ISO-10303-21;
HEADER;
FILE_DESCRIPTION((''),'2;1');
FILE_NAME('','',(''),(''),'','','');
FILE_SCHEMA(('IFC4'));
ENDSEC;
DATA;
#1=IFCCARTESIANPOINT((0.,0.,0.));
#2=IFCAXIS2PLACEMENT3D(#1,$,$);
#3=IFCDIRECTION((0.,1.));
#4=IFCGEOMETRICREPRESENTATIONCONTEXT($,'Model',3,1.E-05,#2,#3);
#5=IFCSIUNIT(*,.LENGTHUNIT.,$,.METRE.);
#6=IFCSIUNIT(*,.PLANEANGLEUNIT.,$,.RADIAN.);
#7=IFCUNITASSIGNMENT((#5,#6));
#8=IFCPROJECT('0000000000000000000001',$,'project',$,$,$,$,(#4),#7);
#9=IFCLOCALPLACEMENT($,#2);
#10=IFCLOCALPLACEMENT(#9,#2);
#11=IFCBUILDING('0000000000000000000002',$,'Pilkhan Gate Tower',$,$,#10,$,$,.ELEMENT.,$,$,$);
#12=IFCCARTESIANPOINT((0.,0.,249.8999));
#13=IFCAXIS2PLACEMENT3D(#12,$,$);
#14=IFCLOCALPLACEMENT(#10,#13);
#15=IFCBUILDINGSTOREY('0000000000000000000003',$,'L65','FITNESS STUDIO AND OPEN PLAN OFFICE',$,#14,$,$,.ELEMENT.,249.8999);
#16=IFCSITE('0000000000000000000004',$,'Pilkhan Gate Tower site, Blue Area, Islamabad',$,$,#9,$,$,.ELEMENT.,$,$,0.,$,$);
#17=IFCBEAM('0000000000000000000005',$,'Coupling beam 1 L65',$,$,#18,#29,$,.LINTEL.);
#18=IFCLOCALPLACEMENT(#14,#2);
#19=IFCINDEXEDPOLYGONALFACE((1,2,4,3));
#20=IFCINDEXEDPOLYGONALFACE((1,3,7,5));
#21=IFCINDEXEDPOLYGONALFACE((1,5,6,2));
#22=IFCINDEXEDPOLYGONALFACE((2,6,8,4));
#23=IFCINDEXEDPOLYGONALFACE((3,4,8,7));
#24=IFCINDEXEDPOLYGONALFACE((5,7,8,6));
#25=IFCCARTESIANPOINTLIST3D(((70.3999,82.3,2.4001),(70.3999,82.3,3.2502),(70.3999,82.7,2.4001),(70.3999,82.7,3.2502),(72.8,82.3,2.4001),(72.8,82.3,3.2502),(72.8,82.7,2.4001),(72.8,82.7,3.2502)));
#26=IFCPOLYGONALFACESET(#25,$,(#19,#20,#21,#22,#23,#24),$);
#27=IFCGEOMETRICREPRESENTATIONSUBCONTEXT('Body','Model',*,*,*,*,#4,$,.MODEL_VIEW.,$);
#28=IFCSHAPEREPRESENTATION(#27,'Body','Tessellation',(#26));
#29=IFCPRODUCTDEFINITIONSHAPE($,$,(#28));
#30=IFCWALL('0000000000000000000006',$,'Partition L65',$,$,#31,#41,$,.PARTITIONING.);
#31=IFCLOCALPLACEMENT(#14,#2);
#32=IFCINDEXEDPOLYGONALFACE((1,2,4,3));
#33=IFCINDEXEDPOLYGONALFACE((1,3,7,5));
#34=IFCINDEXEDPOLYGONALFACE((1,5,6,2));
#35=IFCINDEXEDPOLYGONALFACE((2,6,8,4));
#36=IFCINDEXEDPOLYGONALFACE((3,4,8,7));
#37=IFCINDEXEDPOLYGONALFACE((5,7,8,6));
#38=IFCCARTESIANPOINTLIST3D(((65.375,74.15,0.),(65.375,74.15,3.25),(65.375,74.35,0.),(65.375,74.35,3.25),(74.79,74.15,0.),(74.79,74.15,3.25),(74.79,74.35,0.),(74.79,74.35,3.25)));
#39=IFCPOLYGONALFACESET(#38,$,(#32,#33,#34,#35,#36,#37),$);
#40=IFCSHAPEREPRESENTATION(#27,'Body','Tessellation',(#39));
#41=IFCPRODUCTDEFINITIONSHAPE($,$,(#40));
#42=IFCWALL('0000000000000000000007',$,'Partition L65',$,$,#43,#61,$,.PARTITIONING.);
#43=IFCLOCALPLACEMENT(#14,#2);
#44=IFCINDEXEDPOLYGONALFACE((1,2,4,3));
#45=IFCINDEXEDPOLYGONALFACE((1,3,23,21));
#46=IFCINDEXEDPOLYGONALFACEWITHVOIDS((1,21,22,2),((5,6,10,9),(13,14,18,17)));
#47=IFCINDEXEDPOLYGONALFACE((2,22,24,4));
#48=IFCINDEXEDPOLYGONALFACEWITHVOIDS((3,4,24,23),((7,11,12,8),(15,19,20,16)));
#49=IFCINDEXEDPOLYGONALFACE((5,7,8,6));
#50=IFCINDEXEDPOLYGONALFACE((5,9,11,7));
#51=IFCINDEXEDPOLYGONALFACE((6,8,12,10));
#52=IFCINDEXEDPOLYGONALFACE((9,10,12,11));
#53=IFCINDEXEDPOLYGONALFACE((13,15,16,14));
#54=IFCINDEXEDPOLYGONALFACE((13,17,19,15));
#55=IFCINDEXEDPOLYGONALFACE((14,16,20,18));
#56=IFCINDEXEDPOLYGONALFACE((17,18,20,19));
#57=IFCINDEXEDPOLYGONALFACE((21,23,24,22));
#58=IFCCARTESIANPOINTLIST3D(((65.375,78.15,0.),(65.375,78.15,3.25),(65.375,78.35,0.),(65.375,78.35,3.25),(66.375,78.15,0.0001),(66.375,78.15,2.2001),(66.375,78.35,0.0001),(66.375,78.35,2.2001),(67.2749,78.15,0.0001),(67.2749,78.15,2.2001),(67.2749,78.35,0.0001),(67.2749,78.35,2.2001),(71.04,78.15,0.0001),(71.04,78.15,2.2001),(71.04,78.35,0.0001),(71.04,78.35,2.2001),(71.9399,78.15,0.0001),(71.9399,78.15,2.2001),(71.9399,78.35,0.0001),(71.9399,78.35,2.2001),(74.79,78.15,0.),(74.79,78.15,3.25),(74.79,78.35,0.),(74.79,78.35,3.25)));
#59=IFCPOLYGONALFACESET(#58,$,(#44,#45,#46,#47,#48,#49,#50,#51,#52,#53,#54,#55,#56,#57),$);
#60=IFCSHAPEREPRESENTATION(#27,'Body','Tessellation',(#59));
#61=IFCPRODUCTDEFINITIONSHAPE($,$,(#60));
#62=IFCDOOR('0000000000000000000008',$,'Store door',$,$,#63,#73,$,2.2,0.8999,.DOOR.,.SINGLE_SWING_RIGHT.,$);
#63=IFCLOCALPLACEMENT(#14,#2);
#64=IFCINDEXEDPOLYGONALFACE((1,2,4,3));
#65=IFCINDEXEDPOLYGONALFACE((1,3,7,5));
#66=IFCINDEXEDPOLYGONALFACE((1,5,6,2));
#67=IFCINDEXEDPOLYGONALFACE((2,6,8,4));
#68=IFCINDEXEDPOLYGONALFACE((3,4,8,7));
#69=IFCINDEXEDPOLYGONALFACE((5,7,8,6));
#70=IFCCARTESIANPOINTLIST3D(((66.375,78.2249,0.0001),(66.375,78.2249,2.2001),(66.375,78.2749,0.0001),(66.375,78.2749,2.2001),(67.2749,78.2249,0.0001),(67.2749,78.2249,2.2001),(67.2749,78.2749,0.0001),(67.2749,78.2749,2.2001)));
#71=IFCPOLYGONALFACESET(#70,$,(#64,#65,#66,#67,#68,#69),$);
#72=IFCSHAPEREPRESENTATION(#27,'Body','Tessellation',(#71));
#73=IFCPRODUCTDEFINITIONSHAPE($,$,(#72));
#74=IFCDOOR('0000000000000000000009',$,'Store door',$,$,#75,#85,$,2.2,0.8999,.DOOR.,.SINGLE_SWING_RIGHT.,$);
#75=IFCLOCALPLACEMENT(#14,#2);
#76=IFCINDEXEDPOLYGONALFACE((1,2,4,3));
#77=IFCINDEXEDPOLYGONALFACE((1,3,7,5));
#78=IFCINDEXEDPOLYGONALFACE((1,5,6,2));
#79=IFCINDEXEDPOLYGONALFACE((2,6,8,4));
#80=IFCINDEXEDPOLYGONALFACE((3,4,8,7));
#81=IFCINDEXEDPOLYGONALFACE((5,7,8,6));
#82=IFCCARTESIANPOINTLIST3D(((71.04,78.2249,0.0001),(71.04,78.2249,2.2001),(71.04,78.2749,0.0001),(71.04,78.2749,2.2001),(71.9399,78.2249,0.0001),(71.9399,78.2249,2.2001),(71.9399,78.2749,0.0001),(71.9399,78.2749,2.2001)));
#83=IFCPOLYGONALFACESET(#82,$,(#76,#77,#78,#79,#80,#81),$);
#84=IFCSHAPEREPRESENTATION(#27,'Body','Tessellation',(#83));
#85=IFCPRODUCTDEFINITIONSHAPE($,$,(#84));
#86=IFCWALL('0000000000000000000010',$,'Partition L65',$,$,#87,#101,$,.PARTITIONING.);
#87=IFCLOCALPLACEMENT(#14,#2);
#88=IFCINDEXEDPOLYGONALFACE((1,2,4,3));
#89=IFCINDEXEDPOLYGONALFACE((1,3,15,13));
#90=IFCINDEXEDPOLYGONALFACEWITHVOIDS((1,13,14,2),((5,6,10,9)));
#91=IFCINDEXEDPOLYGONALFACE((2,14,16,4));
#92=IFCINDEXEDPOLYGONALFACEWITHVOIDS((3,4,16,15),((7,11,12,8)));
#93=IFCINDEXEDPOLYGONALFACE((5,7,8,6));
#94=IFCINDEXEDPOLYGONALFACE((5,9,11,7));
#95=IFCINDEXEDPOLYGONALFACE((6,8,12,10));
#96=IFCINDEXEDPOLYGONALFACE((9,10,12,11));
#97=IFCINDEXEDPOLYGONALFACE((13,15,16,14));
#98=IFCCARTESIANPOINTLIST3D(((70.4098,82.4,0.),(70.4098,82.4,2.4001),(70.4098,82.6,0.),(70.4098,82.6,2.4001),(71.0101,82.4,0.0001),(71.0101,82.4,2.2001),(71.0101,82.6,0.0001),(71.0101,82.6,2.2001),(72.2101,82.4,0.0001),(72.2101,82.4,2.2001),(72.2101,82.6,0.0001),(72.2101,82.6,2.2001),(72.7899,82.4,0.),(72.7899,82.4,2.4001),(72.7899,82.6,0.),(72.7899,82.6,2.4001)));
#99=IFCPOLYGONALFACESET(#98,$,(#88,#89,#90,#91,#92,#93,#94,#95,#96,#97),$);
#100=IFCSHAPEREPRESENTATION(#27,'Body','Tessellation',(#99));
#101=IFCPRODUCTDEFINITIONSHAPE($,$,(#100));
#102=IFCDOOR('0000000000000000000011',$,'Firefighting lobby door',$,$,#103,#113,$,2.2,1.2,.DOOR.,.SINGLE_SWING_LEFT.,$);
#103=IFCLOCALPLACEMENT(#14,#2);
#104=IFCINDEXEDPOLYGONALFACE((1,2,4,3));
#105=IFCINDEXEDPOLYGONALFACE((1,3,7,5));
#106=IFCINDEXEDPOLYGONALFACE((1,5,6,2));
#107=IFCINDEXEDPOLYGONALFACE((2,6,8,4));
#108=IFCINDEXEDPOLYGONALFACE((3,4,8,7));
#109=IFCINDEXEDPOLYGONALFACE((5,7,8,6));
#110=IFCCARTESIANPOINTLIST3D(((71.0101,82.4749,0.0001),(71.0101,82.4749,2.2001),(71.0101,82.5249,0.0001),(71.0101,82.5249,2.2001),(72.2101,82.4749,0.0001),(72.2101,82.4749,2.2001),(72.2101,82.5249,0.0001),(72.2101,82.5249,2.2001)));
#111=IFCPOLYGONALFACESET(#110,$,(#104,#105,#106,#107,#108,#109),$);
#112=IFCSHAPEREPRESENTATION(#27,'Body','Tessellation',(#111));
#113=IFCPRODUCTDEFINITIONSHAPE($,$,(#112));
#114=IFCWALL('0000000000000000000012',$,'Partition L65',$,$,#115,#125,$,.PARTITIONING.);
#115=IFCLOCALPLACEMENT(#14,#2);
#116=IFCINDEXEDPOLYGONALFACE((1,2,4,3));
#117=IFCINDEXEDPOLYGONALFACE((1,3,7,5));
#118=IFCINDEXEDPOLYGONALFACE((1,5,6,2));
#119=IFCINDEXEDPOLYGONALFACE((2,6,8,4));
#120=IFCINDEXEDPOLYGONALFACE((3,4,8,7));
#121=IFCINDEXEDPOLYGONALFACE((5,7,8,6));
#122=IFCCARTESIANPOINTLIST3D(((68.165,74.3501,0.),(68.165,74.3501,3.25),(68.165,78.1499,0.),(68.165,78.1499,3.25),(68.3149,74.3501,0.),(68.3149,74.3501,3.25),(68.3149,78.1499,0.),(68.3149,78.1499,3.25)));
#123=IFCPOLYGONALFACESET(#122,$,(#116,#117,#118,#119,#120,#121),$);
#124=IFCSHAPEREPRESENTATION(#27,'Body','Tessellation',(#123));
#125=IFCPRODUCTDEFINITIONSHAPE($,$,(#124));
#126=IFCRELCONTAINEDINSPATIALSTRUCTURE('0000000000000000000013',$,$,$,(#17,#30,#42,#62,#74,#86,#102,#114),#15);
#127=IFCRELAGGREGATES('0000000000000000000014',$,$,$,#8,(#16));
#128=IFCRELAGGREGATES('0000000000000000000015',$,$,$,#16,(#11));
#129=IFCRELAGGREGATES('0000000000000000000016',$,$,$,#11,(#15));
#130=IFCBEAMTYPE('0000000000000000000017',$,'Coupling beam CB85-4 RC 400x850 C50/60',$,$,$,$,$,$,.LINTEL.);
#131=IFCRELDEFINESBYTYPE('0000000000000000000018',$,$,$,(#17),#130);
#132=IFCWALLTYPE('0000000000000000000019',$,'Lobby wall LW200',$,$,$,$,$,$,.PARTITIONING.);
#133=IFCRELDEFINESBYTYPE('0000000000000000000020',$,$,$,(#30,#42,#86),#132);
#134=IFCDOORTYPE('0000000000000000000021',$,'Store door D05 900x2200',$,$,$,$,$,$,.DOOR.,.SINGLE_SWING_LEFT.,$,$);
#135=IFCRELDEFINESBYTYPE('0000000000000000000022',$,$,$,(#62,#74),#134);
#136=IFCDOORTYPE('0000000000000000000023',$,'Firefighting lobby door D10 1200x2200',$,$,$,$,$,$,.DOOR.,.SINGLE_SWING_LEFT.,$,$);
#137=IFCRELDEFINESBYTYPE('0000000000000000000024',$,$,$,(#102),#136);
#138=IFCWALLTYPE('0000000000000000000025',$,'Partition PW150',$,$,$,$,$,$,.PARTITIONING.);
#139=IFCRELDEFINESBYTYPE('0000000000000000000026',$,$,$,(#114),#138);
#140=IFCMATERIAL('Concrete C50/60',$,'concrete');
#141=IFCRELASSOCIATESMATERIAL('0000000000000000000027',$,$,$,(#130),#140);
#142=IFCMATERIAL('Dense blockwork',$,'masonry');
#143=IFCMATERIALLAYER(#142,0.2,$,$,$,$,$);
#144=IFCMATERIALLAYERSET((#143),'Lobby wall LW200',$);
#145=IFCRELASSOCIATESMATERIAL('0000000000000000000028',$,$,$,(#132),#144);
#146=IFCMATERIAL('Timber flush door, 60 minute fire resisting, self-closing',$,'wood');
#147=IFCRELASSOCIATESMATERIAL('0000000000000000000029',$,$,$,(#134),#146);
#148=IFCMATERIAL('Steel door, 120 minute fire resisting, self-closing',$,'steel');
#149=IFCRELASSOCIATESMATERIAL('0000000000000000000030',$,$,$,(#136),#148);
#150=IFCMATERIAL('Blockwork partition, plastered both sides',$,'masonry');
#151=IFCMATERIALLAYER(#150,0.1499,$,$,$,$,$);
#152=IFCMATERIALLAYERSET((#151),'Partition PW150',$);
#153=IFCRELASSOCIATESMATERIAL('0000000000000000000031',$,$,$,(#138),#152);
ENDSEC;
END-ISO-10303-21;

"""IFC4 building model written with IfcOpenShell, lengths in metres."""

from ifc_helpers import new_model, si_unit, direction, frame, frame_2d, origin, origin_2d, place, context, subcontext, project, spatial, rectangle, extrude, material, layer, layer_set, material_profile, profile_set, type_object, element, fill, save


model = new_model("IFC4")

# Units and contexts
model_context = context("Model", 3, precision=1e-05, world=origin(), true_north=direction((0.0, 1.0)))
body_context = subcontext(model_context, "Body", "Model", "MODEL_VIEW")
ifc_project = project(units=[si_unit("LENGTHUNIT", "METRE"), si_unit("PLANEANGLEUNIT", "RADIAN")], contexts=[model_context])

# Site, building, storey
site_placement = place(None, origin())
site = spatial("IfcSite", under=ifc_project, at=site_placement, Name="Pilkhan Gate Tower site, Blue Area, Islamabad", CompositionType="ELEMENT", RefElevation=0.0)
building_placement = place(site_placement, origin())
building = spatial("IfcBuilding", under=site, at=building_placement, Name="Pilkhan Gate Tower", CompositionType="ELEMENT")
storey_placement = place(building_placement, frame((0.0, 0.0, 249.8999)))
storey = spatial("IfcBuildingStorey", under=building, at=storey_placement, Name="L65", Description="FITNESS STUDIO AND OPEN PLAN OFFICE", CompositionType="ELEMENT", Elevation=249.8999)

# Beam
ifc_material_1 = material(Name="Concrete C50/60", Category="concrete")
ifc_material_profile = material_profile(ifc_material_1, rectangle(XDim=0.3999, YDim=0.8501, at=origin_2d()), Name="RC 400x850")
ifc_profile_set = profile_set([ifc_material_profile], Name="Concrete C50/60")
beam_type = type_object("IfcBeamType", Name="Coupling beam CB85-4 RC 400x850 C50/60", PredefinedType="LINTEL", material=ifc_profile_set)
beam_placement = place(storey_placement, frame((70.3999, 82.5, 2.8252), z_axis=(1.0, 0.0, 0.0), x_axis=(0.0, 1.0, 0.0)))
element("IfcBeam", 1, at=beam_placement, inside=storey, type_object=beam_type, Name="Coupling beam 1 L65", PredefinedType="LINTEL", context=body_context, shape_type="SweptSolid", body=[
    extrude(rectangle(XDim=0.3999, YDim=0.8501, at=origin_2d()), origin(), (0.0, 0.0, 1.0), 2.4001),
])

# Wall
ifc_material_2 = material(Name="Dense blockwork", Category="masonry")
ifc_layer_1 = layer(ifc_material_2, 0.2)
ifc_layer_set_1 = layer_set([ifc_layer_1], Name="Lobby wall LW200")
wall_type_1 = type_object("IfcWallType", Name="Lobby wall LW200", PredefinedType="PARTITIONING", material=ifc_layer_set_1)
wall_1_placement = place(storey_placement, frame((65.375, 74.25, 0.0), z_axis=(0.0, 0.0, 1.0), x_axis=(1.0, 0.0, 0.0)))
element("IfcWall", 2, at=wall_1_placement, inside=storey, type_object=wall_type_1, Name="Partition L65", PredefinedType="PARTITIONING", context=body_context, shape_type="SweptSolid", body=[
    extrude(rectangle(XDim=9.415, YDim=0.2, at=frame_2d((4.7075, 0.0))), origin(), (0.0, 0.0, 1.0), 3.25),
])

# Wall, openings, doors
wall_2_placement = place(storey_placement, frame((65.375, 78.25, 0.0), z_axis=(0.0, 0.0, 1.0), x_axis=(1.0, 0.0, 0.0)))
wall_2 = element("IfcWall", 3, at=wall_2_placement, inside=storey, type_object=wall_type_1, Name="Partition L65", PredefinedType="PARTITIONING", context=body_context, shape_type="SweptSolid", body=[
    extrude(rectangle(XDim=9.415, YDim=0.2, at=frame_2d((4.7075, 0.0))), origin(), (0.0, 0.0, 1.0), 3.25),
])
opening_1_placement = place(wall_2_placement, frame((1.0, 0.0, 0.0)))
opening_1 = element("IfcOpeningElement", 4, at=opening_1_placement, cuts=wall_2, PredefinedType="OPENING", context=body_context, shape_type="SweptSolid", body=[
    extrude(rectangle(XDim=0.8999, YDim=2.2, at=frame_2d((0.45, 1.1001))), frame((0.0, 0.1099, 0.0), z_axis=(0.0, -1.0, 0.0), x_axis=(1.0, 0.0, 0.0)), (0.0, 0.0, 1.0), 0.22),
])
opening_2_placement = place(wall_2_placement, frame((5.665, 0.0, 0.0)))
opening_2 = element("IfcOpeningElement", 5, at=opening_2_placement, cuts=wall_2, PredefinedType="OPENING", context=body_context, shape_type="SweptSolid", body=[
    extrude(rectangle(XDim=0.8999, YDim=2.2, at=frame_2d((0.45, 1.1001))), frame((0.0, 0.1099, 0.0), z_axis=(0.0, -1.0, 0.0), x_axis=(1.0, 0.0, 0.0)), (0.0, 0.0, 1.0), 0.22),
])
ifc_material_3 = material(Name="Timber flush door, 60 minute fire resisting, self-closing", Category="wood")
door_type_1 = type_object("IfcDoorType", Name="Store door D05 900x2200", OperationType="SINGLE_SWING_LEFT", PredefinedType="DOOR", material=ifc_material_3)
door_1_placement = place(opening_1_placement, origin())
door_1 = element("IfcDoor", 6, at=door_1_placement, inside=storey, type_object=door_type_1, Name="Store door", OperationType="SINGLE_SWING_RIGHT", OverallHeight=2.2, OverallWidth=0.8999, PredefinedType="DOOR", context=body_context, shape_type="SweptSolid", body=[
    extrude(rectangle(XDim=0.8999, YDim=2.2, at=frame_2d((0.45, 1.1001))), frame((0.0, 0.0249, 0.0), z_axis=(0.0, -1.0, 0.0), x_axis=(1.0, 0.0, 0.0)), (0.0, 0.0, 1.0), 0.05),
])
fill(opening_1, door_1)
door_2_placement = place(opening_2_placement, origin())
door_2 = element("IfcDoor", 7, at=door_2_placement, inside=storey, type_object=door_type_1, Name="Store door", OperationType="SINGLE_SWING_RIGHT", OverallHeight=2.2, OverallWidth=0.8999, PredefinedType="DOOR", context=body_context, shape_type="SweptSolid", body=[
    extrude(rectangle(XDim=0.8999, YDim=2.2, at=frame_2d((0.45, 1.1001))), frame((0.0, 0.0249, 0.0), z_axis=(0.0, -1.0, 0.0), x_axis=(1.0, 0.0, 0.0)), (0.0, 0.0, 1.0), 0.05),
])
fill(opening_2, door_2)

# Wall, opening, door
wall_3_placement = place(storey_placement, frame((70.4099, 82.5, 0.0), z_axis=(0.0, 0.0, 1.0), x_axis=(1.0, 0.0, 0.0)))
wall_3 = element("IfcWall", 8, at=wall_3_placement, inside=storey, type_object=wall_type_1, Name="Partition L65", PredefinedType="PARTITIONING", context=body_context, shape_type="SweptSolid", body=[
    extrude(rectangle(XDim=2.3801, YDim=0.2, at=frame_2d((1.1899, 0.0))), origin(), (0.0, 0.0, 1.0), 2.4001),
])
opening_3_placement = place(wall_3_placement, frame((0.6001, 0.0, 0.0)))
opening_3 = element("IfcOpeningElement", 9, at=opening_3_placement, cuts=wall_3, PredefinedType="OPENING", context=body_context, shape_type="SweptSolid", body=[
    extrude(rectangle(XDim=1.2, YDim=2.2, at=frame_2d((0.6001, 1.1001))), frame((0.0, 0.1099, 0.0), z_axis=(0.0, -1.0, 0.0), x_axis=(1.0, 0.0, 0.0)), (0.0, 0.0, 1.0), 0.22),
])
ifc_material_4 = material(Name="Steel door, 120 minute fire resisting, self-closing", Category="steel")
door_type_2 = type_object("IfcDoorType", Name="Firefighting lobby door D10 1200x2200", OperationType="SINGLE_SWING_LEFT", PredefinedType="DOOR", material=ifc_material_4)
door_3_placement = place(opening_3_placement, origin())
door_3 = element("IfcDoor", 10, at=door_3_placement, inside=storey, type_object=door_type_2, Name="Firefighting lobby door", OperationType="SINGLE_SWING_LEFT", OverallHeight=2.2, OverallWidth=1.2, PredefinedType="DOOR", context=body_context, shape_type="SweptSolid", body=[
    extrude(rectangle(XDim=1.2, YDim=2.2, at=frame_2d((0.6001, 1.1001))), frame((0.0, 0.0249, 0.0), z_axis=(0.0, -1.0, 0.0), x_axis=(1.0, 0.0, 0.0)), (0.0, 0.0, 1.0), 0.05),
])
fill(opening_3, door_3)

# Wall
ifc_material_5 = material(Name="Blockwork partition, plastered both sides", Category="masonry")
ifc_layer_2 = layer(ifc_material_5, 0.1499)
ifc_layer_set_2 = layer_set([ifc_layer_2], Name="Partition PW150")
wall_type_2 = type_object("IfcWallType", Name="Partition PW150", PredefinedType="PARTITIONING", material=ifc_layer_set_2)
wall_4_placement = place(storey_placement, frame((68.24, 74.3501, 0.0), z_axis=(0.0, 0.0, 1.0), x_axis=(0.0, 1.0, 0.0)))
element("IfcWall", 11, at=wall_4_placement, inside=storey, type_object=wall_type_2, Name="Partition L65", PredefinedType="PARTITIONING", context=body_context, shape_type="SweptSolid", body=[
    extrude(rectangle(XDim=3.7998, YDim=0.1499, at=frame_2d((1.8999, 0.0))), origin(), (0.0, 0.0, 1.0), 3.25),
])

save(model, "model.ifc")
